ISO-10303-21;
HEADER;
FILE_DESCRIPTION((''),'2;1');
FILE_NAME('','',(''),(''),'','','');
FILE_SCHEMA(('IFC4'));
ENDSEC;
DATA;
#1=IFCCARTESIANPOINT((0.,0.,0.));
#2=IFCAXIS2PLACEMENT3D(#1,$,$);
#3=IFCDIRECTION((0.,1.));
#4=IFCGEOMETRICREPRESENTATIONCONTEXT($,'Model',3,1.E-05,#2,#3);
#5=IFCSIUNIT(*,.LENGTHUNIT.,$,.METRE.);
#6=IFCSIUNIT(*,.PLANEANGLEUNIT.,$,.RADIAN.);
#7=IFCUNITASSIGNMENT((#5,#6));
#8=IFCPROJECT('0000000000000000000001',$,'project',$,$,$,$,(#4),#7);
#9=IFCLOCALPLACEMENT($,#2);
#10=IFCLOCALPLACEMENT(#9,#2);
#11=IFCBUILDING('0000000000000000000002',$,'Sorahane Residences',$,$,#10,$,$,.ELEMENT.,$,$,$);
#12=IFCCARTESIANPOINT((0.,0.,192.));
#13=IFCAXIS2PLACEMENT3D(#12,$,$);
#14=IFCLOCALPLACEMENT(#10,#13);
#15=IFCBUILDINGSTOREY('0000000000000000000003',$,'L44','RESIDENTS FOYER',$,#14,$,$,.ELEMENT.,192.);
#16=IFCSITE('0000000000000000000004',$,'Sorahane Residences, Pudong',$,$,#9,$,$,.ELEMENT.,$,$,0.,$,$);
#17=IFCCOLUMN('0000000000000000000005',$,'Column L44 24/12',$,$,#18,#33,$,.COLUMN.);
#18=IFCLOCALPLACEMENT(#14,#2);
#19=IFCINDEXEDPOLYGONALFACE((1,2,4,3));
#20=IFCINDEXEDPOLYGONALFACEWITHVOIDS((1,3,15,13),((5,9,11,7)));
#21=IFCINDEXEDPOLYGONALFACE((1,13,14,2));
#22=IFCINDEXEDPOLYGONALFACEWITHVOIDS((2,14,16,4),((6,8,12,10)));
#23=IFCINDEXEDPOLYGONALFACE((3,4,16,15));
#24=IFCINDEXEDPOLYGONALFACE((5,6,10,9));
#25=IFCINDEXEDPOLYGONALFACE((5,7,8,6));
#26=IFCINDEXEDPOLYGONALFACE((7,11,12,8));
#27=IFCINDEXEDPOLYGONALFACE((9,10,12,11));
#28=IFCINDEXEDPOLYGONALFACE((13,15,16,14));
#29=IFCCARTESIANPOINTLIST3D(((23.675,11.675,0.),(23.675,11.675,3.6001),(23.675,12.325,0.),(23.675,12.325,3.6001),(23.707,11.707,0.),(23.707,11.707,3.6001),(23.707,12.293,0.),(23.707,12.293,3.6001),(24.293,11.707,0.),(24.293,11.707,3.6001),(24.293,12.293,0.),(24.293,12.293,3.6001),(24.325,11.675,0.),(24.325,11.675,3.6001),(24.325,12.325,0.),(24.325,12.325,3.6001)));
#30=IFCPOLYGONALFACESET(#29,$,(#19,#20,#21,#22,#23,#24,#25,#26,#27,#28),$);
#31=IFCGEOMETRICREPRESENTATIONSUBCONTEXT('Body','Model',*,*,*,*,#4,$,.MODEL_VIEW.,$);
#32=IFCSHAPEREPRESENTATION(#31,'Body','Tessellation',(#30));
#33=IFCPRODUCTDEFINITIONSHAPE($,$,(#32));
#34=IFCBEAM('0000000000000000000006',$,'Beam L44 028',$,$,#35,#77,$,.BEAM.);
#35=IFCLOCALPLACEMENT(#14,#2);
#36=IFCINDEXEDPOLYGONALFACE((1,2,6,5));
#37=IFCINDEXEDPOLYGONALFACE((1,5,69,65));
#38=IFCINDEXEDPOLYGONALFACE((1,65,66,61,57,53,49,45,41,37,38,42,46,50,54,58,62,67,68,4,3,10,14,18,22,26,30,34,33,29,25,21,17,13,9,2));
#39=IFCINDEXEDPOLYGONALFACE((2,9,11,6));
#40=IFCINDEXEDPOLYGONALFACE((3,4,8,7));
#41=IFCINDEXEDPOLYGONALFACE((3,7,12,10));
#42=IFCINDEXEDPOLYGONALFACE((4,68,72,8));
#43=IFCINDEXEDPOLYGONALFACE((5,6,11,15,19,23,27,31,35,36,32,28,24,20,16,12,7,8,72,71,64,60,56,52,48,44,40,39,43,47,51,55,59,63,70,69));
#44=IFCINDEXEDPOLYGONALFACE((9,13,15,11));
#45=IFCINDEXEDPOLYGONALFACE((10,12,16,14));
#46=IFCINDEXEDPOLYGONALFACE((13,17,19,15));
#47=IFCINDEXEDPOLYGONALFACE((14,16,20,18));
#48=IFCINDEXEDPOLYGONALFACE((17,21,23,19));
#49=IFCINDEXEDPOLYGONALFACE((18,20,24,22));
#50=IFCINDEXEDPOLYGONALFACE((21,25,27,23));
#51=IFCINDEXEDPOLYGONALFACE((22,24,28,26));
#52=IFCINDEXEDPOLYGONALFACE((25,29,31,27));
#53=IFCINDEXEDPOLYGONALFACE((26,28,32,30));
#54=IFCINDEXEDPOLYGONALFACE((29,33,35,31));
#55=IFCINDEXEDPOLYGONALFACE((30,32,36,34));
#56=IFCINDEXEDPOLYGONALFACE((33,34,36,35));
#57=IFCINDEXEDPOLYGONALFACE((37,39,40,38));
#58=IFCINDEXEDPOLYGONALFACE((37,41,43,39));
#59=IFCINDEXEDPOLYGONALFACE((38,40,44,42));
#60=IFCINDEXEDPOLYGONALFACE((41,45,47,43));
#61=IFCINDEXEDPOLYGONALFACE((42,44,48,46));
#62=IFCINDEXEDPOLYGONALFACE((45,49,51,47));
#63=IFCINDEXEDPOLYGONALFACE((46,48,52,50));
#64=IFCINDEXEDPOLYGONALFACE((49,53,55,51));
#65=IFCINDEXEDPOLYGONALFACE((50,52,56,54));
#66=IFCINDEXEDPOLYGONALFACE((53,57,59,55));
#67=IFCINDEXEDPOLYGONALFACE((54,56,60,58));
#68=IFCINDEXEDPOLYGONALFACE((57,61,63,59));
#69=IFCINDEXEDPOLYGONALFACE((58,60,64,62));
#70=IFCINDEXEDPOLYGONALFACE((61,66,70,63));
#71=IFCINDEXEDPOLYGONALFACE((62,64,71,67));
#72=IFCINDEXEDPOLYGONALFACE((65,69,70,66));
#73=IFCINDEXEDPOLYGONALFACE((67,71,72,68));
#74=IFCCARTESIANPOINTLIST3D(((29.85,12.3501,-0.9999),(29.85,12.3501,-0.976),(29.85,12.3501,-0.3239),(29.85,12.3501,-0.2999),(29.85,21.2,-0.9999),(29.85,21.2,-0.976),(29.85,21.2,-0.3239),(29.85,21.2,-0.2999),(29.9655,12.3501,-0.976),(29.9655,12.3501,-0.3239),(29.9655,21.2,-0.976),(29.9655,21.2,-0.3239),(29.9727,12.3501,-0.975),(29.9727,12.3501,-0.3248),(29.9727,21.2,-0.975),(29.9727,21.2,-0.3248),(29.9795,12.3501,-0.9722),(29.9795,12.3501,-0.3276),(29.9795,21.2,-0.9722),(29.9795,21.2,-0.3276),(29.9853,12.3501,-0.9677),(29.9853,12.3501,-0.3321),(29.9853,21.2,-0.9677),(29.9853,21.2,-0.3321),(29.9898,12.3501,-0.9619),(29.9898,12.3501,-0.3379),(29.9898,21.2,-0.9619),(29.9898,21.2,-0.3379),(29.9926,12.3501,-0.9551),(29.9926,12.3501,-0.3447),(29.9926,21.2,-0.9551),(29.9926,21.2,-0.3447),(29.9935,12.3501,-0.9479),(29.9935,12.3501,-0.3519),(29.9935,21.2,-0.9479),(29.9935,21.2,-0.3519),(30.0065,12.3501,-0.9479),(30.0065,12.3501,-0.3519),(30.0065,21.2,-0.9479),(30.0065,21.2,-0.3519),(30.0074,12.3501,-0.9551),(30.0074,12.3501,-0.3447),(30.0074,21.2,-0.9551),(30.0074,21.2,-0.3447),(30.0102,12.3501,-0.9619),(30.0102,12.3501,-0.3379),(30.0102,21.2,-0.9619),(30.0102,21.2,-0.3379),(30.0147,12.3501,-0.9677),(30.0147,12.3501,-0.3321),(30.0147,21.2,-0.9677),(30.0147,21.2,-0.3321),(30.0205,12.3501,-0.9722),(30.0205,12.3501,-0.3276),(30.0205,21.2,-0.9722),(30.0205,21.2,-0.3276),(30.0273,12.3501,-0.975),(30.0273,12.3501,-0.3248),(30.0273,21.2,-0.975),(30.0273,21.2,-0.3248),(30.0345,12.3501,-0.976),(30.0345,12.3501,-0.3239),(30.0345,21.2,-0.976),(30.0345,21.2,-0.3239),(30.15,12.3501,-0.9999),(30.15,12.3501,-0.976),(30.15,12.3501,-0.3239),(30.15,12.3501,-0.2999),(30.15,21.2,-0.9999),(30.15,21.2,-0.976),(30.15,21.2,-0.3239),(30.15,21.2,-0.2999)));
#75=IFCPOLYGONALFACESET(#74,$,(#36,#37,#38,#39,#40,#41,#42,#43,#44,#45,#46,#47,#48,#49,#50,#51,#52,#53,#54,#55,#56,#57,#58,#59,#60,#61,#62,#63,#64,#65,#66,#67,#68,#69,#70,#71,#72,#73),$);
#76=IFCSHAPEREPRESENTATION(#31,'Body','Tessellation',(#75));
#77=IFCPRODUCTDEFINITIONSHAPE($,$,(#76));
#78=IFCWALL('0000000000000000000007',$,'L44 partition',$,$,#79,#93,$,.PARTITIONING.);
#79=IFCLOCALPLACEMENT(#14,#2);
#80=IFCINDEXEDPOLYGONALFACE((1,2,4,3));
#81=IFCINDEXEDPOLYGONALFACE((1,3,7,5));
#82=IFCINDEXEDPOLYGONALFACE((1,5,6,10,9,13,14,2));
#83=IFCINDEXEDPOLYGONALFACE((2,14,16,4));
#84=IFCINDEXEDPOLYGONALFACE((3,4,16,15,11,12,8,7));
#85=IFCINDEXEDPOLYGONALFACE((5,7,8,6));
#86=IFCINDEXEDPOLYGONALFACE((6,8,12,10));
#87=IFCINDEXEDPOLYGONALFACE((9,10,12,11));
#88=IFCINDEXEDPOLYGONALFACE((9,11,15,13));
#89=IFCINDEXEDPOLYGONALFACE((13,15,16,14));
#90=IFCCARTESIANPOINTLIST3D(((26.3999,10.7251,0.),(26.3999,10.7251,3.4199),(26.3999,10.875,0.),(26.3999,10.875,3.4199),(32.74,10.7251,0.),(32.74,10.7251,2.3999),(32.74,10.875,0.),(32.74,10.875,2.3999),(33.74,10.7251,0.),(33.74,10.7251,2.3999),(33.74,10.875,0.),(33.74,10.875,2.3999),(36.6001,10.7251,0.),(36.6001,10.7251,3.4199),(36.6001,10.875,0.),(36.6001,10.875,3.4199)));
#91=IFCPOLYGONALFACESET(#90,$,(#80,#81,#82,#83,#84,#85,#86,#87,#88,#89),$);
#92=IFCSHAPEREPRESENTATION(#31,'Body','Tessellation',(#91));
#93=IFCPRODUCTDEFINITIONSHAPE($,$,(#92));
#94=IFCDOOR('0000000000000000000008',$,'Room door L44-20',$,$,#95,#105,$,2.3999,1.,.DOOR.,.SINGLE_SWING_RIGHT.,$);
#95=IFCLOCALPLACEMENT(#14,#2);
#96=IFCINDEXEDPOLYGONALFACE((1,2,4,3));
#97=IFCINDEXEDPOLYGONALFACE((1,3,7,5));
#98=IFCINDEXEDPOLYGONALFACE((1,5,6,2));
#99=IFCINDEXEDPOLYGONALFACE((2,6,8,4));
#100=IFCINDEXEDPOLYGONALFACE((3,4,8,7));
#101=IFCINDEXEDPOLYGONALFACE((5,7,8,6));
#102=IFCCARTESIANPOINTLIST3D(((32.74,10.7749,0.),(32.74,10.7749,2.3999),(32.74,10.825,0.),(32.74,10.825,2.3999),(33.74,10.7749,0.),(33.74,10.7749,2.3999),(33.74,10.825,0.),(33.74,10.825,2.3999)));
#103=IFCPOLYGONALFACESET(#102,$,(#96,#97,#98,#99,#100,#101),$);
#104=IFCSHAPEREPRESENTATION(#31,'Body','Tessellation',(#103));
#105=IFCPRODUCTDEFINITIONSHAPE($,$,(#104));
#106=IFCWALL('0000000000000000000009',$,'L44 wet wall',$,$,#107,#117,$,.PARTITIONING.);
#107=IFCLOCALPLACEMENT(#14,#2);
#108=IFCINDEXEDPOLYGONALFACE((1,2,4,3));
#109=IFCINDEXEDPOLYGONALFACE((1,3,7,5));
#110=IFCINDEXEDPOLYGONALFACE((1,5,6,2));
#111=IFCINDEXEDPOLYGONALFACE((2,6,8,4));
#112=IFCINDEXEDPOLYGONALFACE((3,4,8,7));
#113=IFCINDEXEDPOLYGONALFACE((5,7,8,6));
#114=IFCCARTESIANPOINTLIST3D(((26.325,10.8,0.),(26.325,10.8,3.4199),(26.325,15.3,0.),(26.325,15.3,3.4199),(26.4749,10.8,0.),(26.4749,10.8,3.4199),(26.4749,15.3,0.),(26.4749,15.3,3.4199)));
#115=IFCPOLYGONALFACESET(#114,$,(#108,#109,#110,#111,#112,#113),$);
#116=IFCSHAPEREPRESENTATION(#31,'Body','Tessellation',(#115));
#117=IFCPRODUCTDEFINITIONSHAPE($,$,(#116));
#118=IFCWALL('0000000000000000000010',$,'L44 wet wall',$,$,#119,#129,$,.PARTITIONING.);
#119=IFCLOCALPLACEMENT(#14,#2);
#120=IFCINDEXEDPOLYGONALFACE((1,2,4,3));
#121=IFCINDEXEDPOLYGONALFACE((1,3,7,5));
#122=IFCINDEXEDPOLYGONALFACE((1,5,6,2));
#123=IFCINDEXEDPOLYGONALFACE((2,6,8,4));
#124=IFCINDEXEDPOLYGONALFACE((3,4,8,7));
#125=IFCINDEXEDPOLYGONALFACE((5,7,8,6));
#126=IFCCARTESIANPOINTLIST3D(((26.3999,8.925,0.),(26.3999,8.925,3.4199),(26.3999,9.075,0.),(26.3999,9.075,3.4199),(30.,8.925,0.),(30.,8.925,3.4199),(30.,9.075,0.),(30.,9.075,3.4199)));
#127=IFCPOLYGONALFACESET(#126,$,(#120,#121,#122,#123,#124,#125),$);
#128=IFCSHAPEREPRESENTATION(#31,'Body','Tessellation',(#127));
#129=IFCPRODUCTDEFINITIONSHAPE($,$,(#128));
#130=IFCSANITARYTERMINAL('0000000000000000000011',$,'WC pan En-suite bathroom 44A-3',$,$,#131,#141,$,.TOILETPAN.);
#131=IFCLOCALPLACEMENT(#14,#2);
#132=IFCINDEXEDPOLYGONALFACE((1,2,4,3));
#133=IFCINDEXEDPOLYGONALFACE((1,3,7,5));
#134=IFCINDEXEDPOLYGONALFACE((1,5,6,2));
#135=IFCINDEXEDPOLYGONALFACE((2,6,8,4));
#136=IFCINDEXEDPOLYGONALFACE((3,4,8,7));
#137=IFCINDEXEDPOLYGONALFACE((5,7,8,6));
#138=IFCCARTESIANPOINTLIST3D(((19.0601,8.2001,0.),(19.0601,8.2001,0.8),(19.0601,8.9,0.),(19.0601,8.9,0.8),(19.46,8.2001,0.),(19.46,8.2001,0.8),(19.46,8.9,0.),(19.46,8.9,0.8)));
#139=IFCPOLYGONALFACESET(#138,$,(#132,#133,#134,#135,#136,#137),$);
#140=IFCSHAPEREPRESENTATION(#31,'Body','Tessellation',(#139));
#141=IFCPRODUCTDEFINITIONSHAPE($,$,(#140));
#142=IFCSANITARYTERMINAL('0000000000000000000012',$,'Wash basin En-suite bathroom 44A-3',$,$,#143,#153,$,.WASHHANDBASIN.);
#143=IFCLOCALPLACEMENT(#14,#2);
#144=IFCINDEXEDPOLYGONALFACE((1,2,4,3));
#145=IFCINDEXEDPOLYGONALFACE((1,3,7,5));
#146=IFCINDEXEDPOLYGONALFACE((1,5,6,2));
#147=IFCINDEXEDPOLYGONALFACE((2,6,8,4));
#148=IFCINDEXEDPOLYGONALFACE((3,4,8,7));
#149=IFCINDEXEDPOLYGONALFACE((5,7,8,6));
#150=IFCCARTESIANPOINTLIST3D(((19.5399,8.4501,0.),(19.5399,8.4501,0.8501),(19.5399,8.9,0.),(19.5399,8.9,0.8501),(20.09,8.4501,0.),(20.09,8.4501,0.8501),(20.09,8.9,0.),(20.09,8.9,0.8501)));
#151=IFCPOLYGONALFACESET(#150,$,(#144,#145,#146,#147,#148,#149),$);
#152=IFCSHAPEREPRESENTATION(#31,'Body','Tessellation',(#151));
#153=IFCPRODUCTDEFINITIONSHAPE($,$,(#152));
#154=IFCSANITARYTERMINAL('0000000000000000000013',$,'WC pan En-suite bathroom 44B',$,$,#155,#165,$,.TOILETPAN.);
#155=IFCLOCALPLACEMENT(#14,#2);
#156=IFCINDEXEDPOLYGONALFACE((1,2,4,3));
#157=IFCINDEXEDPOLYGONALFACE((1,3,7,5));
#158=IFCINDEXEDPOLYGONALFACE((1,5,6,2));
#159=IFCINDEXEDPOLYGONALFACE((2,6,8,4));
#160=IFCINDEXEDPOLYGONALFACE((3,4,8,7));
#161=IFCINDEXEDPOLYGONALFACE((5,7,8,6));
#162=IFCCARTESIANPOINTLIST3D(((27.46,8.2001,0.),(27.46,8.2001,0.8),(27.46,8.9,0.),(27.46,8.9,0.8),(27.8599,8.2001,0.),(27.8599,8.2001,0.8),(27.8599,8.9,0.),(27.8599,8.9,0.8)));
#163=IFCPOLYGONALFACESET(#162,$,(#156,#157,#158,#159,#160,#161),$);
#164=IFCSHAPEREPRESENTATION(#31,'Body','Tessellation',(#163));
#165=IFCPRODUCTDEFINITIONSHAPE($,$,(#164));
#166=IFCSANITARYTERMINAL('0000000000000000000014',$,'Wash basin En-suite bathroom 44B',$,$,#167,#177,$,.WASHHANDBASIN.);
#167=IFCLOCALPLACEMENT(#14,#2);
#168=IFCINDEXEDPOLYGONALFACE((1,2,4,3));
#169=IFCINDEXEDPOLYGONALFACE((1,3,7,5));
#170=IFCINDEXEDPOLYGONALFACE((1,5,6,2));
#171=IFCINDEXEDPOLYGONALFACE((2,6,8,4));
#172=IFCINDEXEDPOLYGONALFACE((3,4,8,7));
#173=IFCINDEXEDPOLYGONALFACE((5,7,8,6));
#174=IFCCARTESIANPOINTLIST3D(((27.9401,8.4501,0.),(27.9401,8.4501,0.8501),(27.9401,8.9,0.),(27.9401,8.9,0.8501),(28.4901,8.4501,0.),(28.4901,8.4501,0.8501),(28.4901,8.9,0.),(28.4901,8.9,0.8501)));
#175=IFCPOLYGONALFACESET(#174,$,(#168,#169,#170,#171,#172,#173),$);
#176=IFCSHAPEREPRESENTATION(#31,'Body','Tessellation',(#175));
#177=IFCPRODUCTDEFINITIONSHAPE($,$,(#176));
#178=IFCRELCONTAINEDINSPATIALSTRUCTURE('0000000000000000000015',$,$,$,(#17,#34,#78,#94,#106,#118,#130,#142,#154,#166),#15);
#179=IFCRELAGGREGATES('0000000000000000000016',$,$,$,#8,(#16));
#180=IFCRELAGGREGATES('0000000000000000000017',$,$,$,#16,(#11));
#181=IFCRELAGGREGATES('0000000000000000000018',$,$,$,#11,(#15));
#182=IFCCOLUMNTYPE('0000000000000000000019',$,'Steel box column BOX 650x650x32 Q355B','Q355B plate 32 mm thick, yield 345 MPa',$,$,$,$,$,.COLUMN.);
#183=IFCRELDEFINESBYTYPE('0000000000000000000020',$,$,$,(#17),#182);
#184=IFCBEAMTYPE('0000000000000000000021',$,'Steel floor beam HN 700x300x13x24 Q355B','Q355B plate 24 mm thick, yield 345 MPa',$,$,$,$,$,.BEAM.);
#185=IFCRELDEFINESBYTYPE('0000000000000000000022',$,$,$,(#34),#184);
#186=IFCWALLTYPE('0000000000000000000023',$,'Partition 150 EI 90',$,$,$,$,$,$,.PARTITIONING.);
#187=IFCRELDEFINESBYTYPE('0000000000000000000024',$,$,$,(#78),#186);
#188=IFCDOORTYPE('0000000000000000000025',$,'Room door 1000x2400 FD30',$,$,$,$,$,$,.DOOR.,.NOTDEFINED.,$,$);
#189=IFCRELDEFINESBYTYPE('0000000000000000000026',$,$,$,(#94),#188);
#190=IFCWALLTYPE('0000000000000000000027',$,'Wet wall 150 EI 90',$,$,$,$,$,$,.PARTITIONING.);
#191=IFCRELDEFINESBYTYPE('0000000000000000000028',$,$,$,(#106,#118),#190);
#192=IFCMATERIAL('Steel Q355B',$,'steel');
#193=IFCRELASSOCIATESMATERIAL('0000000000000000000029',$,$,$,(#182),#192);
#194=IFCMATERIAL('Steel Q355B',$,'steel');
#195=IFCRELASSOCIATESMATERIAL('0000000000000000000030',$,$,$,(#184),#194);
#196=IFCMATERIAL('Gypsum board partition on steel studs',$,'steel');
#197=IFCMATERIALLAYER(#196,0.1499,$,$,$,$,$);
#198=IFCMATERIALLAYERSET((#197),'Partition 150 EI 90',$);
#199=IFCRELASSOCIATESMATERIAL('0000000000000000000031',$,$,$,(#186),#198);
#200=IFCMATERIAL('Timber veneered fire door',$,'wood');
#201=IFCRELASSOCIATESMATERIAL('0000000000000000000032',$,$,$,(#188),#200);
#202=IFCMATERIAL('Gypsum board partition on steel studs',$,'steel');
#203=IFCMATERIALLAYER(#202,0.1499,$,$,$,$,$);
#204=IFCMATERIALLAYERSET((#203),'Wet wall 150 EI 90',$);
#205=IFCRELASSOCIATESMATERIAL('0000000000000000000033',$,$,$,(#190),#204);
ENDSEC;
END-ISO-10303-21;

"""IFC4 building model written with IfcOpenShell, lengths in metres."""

from ifc_helpers import new_model, si_unit, direction, frame, frame_2d, origin, origin_2d, place, context, subcontext, project, spatial, rectangle, hollow_rectangle, i_section, extrude, material, layer, layer_set, material_profile, profile_set, type_object, element, fill, save


model = new_model("IFC4")

# Units and contexts
model_context = context("Model", 3, precision=1e-05, world=origin(), true_north=direction((0.0, 1.0)))
body_context = subcontext(model_context, "Body", "Model", "MODEL_VIEW")
ifc_project = project(units=[si_unit("LENGTHUNIT", "METRE"), si_unit("PLANEANGLEUNIT", "RADIAN")], contexts=[model_context])

# Site, building, storey
site_placement = place(None, origin())
site = spatial("IfcSite", under=ifc_project, at=site_placement, Name="Sorahane Residences, Pudong", CompositionType="ELEMENT", RefElevation=0.0)
building_placement = place(site_placement, origin())
building = spatial("IfcBuilding", under=site, at=building_placement, Name="Sorahane Residences", CompositionType="ELEMENT")
storey_placement = place(building_placement, frame((0.0, 0.0, 192.0)))
storey = spatial("IfcBuildingStorey", under=building, at=storey_placement, Name="L44", Description="RESIDENTS FOYER", CompositionType="ELEMENT", Elevation=192.0)

# Column
ifc_material_1 = material(Name="Steel Q355B", Category="steel")
ifc_material_profile_1 = material_profile(ifc_material_1, hollow_rectangle(XDim=0.6499, YDim=0.6499, WallThickness=0.032, at=origin_2d()), Name="BOX 650x650x32")
ifc_profile_set_1 = profile_set([ifc_material_profile_1], Name="Steel Q355B")
column_type = type_object("IfcColumnType", Name="Steel box column BOX 650x650x32 Q355B", Description="Q355B plate 32 mm thick, yield 345 MPa", PredefinedType="COLUMN", material=ifc_profile_set_1)
column_placement = place(storey_placement, frame((24.0, 12.0, 0.0), z_axis=(0.0, 0.0, 1.0), x_axis=(1.0, 0.0, 0.0)))
element("IfcColumn", 1, at=column_placement, inside=storey, type_object=column_type, Name="Column L44 24/12", PredefinedType="COLUMN", context=body_context, shape_type="SweptSolid", body=[
    extrude(hollow_rectangle(XDim=0.6499, YDim=0.6499, WallThickness=0.032, at=origin_2d()), origin(), (0.0, 0.0, 1.0), 3.6001),
])

# Beam
ifc_material_2 = material(Name="Steel Q355B", Category="steel")
ifc_material_profile_2 = material_profile(ifc_material_2, i_section(OverallWidth=0.3, OverallDepth=0.7, WebThickness=0.0129, FlangeThickness=0.0239, FilletRadius=0.0281, at=origin_2d()), Name="HN 700x300x13x24")
ifc_profile_set_2 = profile_set([ifc_material_profile_2], Name="Steel Q355B")
beam_type = type_object("IfcBeamType", Name="Steel floor beam HN 700x300x13x24 Q355B", Description="Q355B plate 24 mm thick, yield 345 MPa", PredefinedType="BEAM", material=ifc_profile_set_2)
beam_placement = place(storey_placement, frame((30.0, 12.3501, -0.6499), z_axis=(0.0, 1.0, 0.0), x_axis=(-1.0, 0.0, 0.0)))
element("IfcBeam", 2, at=beam_placement, inside=storey, type_object=beam_type, Name="Beam L44 028", PredefinedType="BEAM", context=body_context, shape_type="SweptSolid", body=[
    extrude(i_section(OverallWidth=0.3, OverallDepth=0.7, WebThickness=0.0129, FlangeThickness=0.0239, FilletRadius=0.0281, at=origin_2d()), origin(), (0.0, 0.0, 1.0), 8.8499),
])

# Wall, opening, door
ifc_material_3 = material(Name="Gypsum board partition on steel studs", Category="steel")
ifc_layer_1 = layer(ifc_material_3, 0.1499)
ifc_layer_set_1 = layer_set([ifc_layer_1], Name="Partition 150 EI 90")
wall_type_1 = type_object("IfcWallType", Name="Partition 150 EI 90", PredefinedType="PARTITIONING", material=ifc_layer_set_1)
wall_1_placement = place(storey_placement, frame((26.3999, 10.8, 0.0), z_axis=(0.0, 0.0, 1.0), x_axis=(1.0, 0.0, 0.0)))
wall_1 = element("IfcWall", 3, at=wall_1_placement, inside=storey, type_object=wall_type_1, Name="L44 partition", PredefinedType="PARTITIONING", context=body_context, shape_type="SweptSolid", body=[
    extrude(rectangle(XDim=10.2002, YDim=0.1499, at=frame_2d((5.1001, 0.0))), origin(), (0.0, 0.0, 1.0), 3.4199),
])
opening_1_placement = place(wall_1_placement, frame((6.3401, 0.0, 0.0)))
opening_1 = element("IfcOpeningElement", 4, at=opening_1_placement, cuts=wall_1, PredefinedType="OPENING", context=body_context, shape_type="SweptSolid", body=[
    extrude(rectangle(XDim=1.0, YDim=2.3999, at=frame_2d((0.5, 1.2))), frame((0.0, 0.085, 0.0), z_axis=(0.0, -1.0, 0.0), x_axis=(1.0, 0.0, 0.0)), (0.0, 0.0, 1.0), 0.1699),
])
ifc_material_4 = material(Name="Timber veneered fire door", Category="wood")
door_type_1 = type_object("IfcDoorType", Name="Room door 1000x2400 FD30", OperationType="NOTDEFINED", PredefinedType="DOOR", material=ifc_material_4)
door_1_placement = place(opening_1_placement, origin())
door_1 = element("IfcDoor", 5, at=door_1_placement, inside=storey, type_object=door_type_1, Name="Room door L44-20", OperationType="SINGLE_SWING_RIGHT", OverallHeight=2.3999, OverallWidth=1.0, PredefinedType="DOOR", context=body_context, shape_type="SweptSolid", body=[
    extrude(rectangle(XDim=1.0, YDim=2.3999, at=frame_2d((0.5, 1.2))), frame((0.0, 0.0249, 0.0), z_axis=(0.0, -1.0, 0.0), x_axis=(1.0, 0.0, 0.0)), (0.0, 0.0, 1.0), 0.05),
])
fill(opening_1, door_1)

# Wall
ifc_material_5 = material(Name="Gypsum board partition on steel studs", Category="steel")
ifc_layer_2 = layer(ifc_material_5, 0.1499)
ifc_layer_set_2 = layer_set([ifc_layer_2], Name="Wet wall 150 EI 90")
wall_type_2 = type_object("IfcWallType", Name="Wet wall 150 EI 90", PredefinedType="PARTITIONING", material=ifc_layer_set_2)
wall_2_placement = place(storey_placement, frame((26.3999, 10.8, 0.0), z_axis=(0.0, 0.0, 1.0), x_axis=(0.0, 1.0, 0.0)))
element("IfcWall", 6, at=wall_2_placement, inside=storey, type_object=wall_type_2, Name="L44 wet wall", PredefinedType="PARTITIONING", context=body_context, shape_type="SweptSolid", body=[
    extrude(rectangle(XDim=4.5, YDim=0.1499, at=frame_2d((2.25, 0.0))), origin(), (0.0, 0.0, 1.0), 3.4199),
])

# Wall
wall_3_placement = place(storey_placement, frame((26.3999, 9.0, 0.0), z_axis=(0.0, 0.0, 1.0), x_axis=(1.0, 0.0, 0.0)))
element("IfcWall", 7, at=wall_3_placement, inside=storey, type_object=wall_type_2, Name="L44 wet wall", PredefinedType="PARTITIONING", context=body_context, shape_type="SweptSolid", body=[
    extrude(rectangle(XDim=3.6001, YDim=0.1499, at=frame_2d((1.8, 0.0))), origin(), (0.0, 0.0, 1.0), 3.4199),
])

# Sanitary terminals
sanitary_terminal_1_placement = place(storey_placement, frame((19.26, 8.55, 0.0), z_axis=(0.0, 0.0, 1.0), x_axis=(1.0, 0.0, 0.0)))
element("IfcSanitaryTerminal", 8, at=sanitary_terminal_1_placement, inside=storey, Name="WC pan En-suite bathroom 44A-3", PredefinedType="TOILETPAN", context=body_context, shape_type="SweptSolid", body=[
    extrude(rectangle(XDim=0.3999, YDim=0.7, at=origin_2d()), origin(), (0.0, 0.0, 1.0), 0.8),
])
sanitary_terminal_2_placement = place(storey_placement, frame((19.8149, 8.675, 0.0), z_axis=(0.0, 0.0, 1.0), x_axis=(1.0, 0.0, 0.0)))
element("IfcSanitaryTerminal", 9, at=sanitary_terminal_2_placement, inside=storey, Name="Wash basin En-suite bathroom 44A-3", PredefinedType="WASHHANDBASIN", context=body_context, shape_type="SweptSolid", body=[
    extrude(rectangle(XDim=0.55, YDim=0.45, at=origin_2d()), origin(), (0.0, 0.0, 1.0), 0.8501),
])
sanitary_terminal_3_placement = place(storey_placement, frame((27.6599, 8.55, 0.0), z_axis=(0.0, 0.0, 1.0), x_axis=(1.0, 0.0, 0.0)))
element("IfcSanitaryTerminal", 10, at=sanitary_terminal_3_placement, inside=storey, Name="WC pan En-suite bathroom 44B", PredefinedType="TOILETPAN", context=body_context, shape_type="SweptSolid", body=[
    extrude(rectangle(XDim=0.3999, YDim=0.7, at=origin_2d()), origin(), (0.0, 0.0, 1.0), 0.8),
])
sanitary_terminal_4_placement = place(storey_placement, frame((28.2151, 8.675, 0.0), z_axis=(0.0, 0.0, 1.0), x_axis=(1.0, 0.0, 0.0)))
element("IfcSanitaryTerminal", 11, at=sanitary_terminal_4_placement, inside=storey, Name="Wash basin En-suite bathroom 44B", PredefinedType="WASHHANDBASIN", context=body_context, shape_type="SweptSolid", body=[
    extrude(rectangle(XDim=0.55, YDim=0.45, at=origin_2d()), origin(), (0.0, 0.0, 1.0), 0.8501),
])

save(model, "model.ifc")
